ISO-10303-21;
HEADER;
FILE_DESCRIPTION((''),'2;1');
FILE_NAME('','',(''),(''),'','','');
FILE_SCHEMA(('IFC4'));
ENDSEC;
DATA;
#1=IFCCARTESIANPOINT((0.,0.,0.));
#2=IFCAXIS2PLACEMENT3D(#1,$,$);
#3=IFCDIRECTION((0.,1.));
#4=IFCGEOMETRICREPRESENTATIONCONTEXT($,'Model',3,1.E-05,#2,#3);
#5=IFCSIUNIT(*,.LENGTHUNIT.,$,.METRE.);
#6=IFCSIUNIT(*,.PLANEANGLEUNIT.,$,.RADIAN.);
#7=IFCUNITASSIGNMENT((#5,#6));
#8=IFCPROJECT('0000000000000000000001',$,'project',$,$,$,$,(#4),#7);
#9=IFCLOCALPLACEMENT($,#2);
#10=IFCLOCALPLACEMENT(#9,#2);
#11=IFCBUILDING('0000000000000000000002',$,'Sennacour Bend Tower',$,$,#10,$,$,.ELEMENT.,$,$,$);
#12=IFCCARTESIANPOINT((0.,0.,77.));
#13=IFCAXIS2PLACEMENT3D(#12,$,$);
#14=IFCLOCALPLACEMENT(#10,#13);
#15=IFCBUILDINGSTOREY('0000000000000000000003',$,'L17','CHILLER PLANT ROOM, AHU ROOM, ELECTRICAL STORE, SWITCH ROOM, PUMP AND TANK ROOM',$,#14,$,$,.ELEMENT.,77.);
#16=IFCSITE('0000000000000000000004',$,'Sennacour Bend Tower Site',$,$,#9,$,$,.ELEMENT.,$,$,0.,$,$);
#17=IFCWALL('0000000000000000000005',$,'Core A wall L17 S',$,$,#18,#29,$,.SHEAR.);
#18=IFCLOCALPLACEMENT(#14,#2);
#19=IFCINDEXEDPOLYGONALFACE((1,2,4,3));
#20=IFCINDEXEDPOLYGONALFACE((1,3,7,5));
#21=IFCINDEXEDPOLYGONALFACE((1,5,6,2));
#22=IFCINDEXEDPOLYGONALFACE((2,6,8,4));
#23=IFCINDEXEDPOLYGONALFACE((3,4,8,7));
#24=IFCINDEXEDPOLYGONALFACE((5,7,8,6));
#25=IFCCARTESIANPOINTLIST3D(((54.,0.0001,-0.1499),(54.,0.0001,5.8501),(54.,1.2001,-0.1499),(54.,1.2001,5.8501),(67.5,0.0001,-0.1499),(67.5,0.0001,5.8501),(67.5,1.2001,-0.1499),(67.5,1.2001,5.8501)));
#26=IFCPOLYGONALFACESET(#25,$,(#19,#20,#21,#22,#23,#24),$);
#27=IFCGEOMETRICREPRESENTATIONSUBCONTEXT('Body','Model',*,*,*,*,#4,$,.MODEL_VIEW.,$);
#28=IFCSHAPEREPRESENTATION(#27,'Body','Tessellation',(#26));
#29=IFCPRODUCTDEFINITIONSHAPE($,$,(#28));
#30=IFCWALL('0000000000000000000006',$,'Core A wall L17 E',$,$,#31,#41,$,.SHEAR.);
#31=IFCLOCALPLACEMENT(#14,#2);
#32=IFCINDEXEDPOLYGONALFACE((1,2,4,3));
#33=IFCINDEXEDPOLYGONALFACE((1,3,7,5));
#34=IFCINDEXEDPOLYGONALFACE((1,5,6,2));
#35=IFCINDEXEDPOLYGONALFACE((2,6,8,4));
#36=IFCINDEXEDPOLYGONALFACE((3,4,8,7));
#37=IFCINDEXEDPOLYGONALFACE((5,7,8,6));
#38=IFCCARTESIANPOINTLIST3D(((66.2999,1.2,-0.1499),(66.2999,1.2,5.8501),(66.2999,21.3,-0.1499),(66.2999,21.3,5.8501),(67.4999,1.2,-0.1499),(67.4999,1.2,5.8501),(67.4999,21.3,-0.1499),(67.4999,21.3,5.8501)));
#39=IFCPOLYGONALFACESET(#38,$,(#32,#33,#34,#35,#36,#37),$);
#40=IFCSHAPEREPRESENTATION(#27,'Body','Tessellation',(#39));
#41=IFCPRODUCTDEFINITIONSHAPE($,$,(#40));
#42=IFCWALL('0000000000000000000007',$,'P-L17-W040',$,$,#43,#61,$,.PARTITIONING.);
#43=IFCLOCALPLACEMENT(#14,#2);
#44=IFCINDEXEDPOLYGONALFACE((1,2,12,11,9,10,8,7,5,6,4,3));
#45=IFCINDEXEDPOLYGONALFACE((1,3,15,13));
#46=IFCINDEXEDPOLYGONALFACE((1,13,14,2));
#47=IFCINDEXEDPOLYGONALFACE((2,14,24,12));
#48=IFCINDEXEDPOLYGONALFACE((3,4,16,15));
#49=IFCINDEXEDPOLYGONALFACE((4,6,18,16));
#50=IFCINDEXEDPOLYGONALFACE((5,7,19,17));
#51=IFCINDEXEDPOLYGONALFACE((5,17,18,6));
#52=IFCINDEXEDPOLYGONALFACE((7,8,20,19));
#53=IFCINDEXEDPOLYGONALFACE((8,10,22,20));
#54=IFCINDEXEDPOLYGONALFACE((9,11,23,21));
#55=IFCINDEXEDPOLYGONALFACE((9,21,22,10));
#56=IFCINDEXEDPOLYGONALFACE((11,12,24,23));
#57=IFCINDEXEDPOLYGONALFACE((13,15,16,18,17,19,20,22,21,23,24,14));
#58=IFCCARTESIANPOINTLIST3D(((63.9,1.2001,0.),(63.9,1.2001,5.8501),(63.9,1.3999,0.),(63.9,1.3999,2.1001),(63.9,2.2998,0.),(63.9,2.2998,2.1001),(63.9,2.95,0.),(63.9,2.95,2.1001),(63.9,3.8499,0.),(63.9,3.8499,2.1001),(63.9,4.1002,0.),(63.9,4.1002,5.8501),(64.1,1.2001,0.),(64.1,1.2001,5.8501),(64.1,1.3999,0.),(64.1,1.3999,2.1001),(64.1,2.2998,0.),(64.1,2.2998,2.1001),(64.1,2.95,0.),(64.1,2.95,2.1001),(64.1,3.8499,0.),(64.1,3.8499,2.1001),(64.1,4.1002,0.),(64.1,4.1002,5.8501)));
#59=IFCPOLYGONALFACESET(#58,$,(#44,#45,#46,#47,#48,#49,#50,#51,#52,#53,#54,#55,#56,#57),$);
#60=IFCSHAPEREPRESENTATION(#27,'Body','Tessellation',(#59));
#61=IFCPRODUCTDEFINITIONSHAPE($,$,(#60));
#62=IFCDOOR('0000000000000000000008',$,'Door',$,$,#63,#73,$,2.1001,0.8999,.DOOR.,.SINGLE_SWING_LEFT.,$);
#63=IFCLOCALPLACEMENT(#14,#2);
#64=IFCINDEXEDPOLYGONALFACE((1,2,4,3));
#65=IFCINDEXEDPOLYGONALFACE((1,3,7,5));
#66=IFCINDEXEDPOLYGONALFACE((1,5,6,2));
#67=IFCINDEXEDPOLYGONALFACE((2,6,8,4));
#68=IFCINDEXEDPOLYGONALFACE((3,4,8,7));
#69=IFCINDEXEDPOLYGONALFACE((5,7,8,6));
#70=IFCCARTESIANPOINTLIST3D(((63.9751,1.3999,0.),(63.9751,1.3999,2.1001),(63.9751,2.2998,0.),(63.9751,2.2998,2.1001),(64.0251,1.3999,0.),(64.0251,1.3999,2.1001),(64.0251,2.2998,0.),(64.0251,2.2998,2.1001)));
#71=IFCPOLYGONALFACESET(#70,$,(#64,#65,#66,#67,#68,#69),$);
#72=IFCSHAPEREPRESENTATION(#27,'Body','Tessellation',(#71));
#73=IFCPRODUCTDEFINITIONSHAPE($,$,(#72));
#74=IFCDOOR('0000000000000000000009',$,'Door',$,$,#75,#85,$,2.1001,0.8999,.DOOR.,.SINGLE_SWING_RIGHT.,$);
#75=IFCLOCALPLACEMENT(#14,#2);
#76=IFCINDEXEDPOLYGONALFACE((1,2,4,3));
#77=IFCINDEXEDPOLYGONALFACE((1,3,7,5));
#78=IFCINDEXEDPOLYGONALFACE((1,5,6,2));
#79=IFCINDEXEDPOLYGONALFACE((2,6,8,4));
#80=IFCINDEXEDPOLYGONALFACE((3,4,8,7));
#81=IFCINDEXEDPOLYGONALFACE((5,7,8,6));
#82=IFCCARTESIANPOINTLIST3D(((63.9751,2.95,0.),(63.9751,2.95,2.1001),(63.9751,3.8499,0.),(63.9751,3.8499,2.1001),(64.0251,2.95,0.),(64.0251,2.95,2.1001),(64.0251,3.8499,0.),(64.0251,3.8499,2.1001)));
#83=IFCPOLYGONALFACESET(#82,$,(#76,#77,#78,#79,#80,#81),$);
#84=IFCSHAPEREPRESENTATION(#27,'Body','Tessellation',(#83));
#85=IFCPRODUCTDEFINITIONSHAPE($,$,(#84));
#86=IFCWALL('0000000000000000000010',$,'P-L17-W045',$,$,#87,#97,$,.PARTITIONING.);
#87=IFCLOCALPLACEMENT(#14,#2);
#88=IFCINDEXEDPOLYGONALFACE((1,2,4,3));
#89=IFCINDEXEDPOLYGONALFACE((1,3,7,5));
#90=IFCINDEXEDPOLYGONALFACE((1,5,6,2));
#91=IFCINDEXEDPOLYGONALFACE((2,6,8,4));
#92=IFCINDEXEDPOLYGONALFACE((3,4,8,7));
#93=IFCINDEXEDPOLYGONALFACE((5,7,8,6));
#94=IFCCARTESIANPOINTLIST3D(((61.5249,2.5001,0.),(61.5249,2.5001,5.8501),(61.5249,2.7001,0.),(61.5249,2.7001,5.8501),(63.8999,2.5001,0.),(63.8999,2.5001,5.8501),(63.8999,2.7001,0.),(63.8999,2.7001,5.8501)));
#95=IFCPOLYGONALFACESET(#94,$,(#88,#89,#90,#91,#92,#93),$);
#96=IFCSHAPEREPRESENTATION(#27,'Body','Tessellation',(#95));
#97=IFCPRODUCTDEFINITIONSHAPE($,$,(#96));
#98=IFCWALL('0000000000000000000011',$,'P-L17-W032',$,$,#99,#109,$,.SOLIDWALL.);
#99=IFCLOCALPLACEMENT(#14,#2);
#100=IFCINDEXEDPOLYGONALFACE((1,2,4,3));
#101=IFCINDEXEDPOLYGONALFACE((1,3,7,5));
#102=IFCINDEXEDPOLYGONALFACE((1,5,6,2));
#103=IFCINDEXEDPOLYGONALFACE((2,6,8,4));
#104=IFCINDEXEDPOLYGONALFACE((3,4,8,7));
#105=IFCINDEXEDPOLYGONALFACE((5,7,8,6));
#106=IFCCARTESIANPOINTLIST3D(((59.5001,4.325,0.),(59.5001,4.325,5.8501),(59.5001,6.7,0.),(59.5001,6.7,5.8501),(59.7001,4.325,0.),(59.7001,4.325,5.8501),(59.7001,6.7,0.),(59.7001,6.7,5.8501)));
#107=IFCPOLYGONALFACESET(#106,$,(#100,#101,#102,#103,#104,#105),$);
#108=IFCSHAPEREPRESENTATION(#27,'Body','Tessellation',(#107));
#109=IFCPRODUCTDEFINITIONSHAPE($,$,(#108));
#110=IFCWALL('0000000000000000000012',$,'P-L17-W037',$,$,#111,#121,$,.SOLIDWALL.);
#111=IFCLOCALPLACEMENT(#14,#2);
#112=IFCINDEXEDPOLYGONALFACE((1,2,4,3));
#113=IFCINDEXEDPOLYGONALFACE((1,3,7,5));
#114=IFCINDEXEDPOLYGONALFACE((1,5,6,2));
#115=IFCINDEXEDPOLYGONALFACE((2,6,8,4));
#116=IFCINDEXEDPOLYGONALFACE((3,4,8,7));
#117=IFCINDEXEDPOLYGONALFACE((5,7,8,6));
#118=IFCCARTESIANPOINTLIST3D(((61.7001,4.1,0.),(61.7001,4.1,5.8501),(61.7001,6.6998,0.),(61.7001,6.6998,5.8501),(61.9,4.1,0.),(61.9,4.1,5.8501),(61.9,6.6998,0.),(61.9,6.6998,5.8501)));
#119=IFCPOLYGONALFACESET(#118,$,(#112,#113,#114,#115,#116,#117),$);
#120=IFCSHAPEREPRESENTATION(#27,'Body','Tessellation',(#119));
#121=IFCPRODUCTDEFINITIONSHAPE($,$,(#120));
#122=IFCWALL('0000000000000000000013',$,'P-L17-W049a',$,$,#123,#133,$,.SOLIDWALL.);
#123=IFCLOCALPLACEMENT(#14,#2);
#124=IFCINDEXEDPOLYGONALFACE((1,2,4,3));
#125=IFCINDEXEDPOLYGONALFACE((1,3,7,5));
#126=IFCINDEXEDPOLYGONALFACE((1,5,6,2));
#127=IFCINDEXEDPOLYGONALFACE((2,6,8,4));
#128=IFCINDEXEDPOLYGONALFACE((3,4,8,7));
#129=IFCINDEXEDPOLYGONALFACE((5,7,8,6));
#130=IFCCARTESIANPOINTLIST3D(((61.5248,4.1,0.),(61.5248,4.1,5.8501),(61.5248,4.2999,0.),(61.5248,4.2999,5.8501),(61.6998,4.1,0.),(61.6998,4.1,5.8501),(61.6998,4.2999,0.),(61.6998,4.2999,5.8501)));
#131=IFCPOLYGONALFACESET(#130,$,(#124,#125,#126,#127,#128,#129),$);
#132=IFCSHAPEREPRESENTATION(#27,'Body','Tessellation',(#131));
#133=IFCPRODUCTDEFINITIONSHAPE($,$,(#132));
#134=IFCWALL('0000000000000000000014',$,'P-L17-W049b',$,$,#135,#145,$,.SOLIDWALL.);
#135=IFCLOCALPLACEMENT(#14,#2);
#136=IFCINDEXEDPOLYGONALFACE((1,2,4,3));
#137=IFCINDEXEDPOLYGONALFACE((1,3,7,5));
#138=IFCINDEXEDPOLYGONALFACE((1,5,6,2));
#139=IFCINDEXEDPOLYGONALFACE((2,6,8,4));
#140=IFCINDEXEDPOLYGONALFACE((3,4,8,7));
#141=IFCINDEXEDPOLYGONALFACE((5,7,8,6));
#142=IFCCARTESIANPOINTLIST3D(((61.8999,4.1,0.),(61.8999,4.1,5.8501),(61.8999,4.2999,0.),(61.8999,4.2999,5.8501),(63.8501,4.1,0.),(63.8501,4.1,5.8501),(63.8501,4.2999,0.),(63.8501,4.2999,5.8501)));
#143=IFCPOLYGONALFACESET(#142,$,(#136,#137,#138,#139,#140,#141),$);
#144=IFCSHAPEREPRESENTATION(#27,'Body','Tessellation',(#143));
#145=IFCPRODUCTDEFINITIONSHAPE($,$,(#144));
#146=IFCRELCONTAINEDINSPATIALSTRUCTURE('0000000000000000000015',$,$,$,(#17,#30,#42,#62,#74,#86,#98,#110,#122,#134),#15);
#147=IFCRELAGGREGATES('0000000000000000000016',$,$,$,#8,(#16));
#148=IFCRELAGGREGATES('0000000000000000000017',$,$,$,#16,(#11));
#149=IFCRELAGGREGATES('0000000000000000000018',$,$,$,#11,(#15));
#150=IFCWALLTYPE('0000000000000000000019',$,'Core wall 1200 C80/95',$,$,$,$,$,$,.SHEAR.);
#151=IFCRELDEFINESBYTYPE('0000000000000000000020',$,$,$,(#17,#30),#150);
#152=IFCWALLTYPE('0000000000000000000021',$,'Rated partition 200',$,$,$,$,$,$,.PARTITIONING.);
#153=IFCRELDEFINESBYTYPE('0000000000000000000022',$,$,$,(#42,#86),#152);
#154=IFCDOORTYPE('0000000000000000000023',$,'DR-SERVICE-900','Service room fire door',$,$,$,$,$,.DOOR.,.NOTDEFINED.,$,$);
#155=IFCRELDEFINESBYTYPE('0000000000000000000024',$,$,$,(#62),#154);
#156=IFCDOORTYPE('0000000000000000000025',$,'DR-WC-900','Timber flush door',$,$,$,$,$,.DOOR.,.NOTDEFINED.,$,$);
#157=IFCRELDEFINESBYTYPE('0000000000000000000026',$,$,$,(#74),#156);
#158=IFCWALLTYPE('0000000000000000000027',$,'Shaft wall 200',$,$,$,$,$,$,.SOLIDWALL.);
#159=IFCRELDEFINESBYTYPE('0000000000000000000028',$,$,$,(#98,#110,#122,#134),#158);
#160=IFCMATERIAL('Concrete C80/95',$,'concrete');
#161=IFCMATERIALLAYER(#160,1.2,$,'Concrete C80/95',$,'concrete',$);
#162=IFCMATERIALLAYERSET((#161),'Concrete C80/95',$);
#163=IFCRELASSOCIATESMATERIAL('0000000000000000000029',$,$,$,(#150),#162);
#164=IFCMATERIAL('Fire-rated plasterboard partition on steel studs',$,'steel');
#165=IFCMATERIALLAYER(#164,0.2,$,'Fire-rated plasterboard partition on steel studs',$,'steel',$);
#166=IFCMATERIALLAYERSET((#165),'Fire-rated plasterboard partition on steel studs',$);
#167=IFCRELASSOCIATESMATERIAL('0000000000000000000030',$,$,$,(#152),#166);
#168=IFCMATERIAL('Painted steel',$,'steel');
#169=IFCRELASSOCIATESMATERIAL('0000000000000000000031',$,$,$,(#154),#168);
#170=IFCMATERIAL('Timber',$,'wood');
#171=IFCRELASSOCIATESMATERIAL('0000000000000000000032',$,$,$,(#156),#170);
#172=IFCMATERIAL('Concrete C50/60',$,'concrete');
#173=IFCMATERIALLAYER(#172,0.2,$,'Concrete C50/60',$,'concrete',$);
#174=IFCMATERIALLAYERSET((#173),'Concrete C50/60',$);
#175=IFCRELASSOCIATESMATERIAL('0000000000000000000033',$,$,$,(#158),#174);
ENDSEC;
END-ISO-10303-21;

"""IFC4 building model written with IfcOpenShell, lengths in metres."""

from ifc_helpers import new_model, si_unit, direction, frame, frame_2d, origin, place, context, subcontext, project, spatial, rectangle, extrude, material, layer, layer_set, type_object, element, fill, save


model = new_model("IFC4")

# Units and contexts
model_context = context("Model", 3, precision=1e-05, world=origin(), true_north=direction((0.0, 1.0)))
body_context = subcontext(model_context, "Body", "Model", "MODEL_VIEW")
ifc_project = project(units=[si_unit("LENGTHUNIT", "METRE"), si_unit("PLANEANGLEUNIT", "RADIAN")], contexts=[model_context])

# Site, building, storey
site_placement = place(None, origin())
site = spatial("IfcSite", under=ifc_project, at=site_placement, Name="Sennacour Bend Tower Site", CompositionType="ELEMENT", RefElevation=0.0)
building_placement = place(site_placement, origin())
building = spatial("IfcBuilding", under=site, at=building_placement, Name="Sennacour Bend Tower", CompositionType="ELEMENT")
storey_placement = place(building_placement, frame((0.0, 0.0, 77.0)))
storey = spatial("IfcBuildingStorey", under=building, at=storey_placement, Name="L17", Description="CHILLER PLANT ROOM, AHU ROOM, ELECTRICAL STORE, SWITCH ROOM, PUMP AND TANK ROOM", CompositionType="ELEMENT", Elevation=77.0)

# Walls
ifc_material_1 = material(Name="Concrete C80/95", Category="concrete")
ifc_layer_1 = layer(ifc_material_1, 1.2, Name="Concrete C80/95", Category="concrete")
ifc_layer_set_1 = layer_set([ifc_layer_1], Name="Concrete C80/95")
wall_type_1 = type_object("IfcWallType", Name="Core wall 1200 C80/95", PredefinedType="SHEAR", material=ifc_layer_set_1)
wall_1_placement = place(storey_placement, frame((67.5, 0.6001, -0.1499), z_axis=(0.0, 0.0, 1.0), x_axis=(-1.0, 0.0, 0.0)))
element("IfcWall", 1, at=wall_1_placement, inside=storey, type_object=wall_type_1, Name="Core A wall L17 S", PredefinedType="SHEAR", context=body_context, shape_type="SweptSolid", body=[
    extrude(rectangle(XDim=13.5, YDim=1.2, at=frame_2d((6.75, 0.0))), origin(), (0.0, 0.0, 1.0), 6.0),
])
wall_2_placement = place(storey_placement, frame((66.8999, 1.2, -0.1499), z_axis=(0.0, 0.0, 1.0), x_axis=(0.0, 1.0, 0.0)))
element("IfcWall", 2, at=wall_2_placement, inside=storey, type_object=wall_type_1, Name="Core A wall L17 E", PredefinedType="SHEAR", context=body_context, shape_type="SweptSolid", body=[
    extrude(rectangle(XDim=20.1001, YDim=1.2, at=frame_2d((10.05, 0.0))), origin(), (0.0, 0.0, 1.0), 6.0),
])

# Wall, openings, doors
ifc_material_2 = material(Name="Fire-rated plasterboard partition on steel studs", Category="steel")
ifc_layer_2 = layer(ifc_material_2, 0.2, Name="Fire-rated plasterboard partition on steel studs", Category="steel")
ifc_layer_set_2 = layer_set([ifc_layer_2], Name="Fire-rated plasterboard partition on steel studs")
wall_type_2 = type_object("IfcWallType", Name="Rated partition 200", PredefinedType="PARTITIONING", material=ifc_layer_set_2)
wall_3_placement = place(storey_placement, frame((64.0, 1.2, 0.0), z_axis=(0.0, 0.0, 1.0), x_axis=(0.0, 1.0, 0.0)))
wall_3 = element("IfcWall", 3, at=wall_3_placement, inside=storey, type_object=wall_type_2, Name="P-L17-W040", PredefinedType="PARTITIONING", context=body_context, shape_type="SweptSolid", body=[
    extrude(rectangle(XDim=2.9001, YDim=0.2, at=frame_2d((1.4502, 0.0))), origin(), (0.0, 0.0, 1.0), 5.8501),
])
opening_1_placement = place(wall_3_placement, frame((0.2, 0.0, 0.0)))
opening_1 = element("IfcOpeningElement", 4, at=opening_1_placement, cuts=wall_3, PredefinedType="OPENING", context=body_context, shape_type="SweptSolid", body=[
    extrude(rectangle(XDim=0.8999, YDim=2.1001, at=frame_2d((0.45, 1.05))), frame((0.0, 0.1099, 0.0), z_axis=(0.0, -1.0, 0.0), x_axis=(1.0, 0.0, 0.0)), (0.0, 0.0, 1.0), 0.22),
])
opening_2_placement = place(wall_3_placement, frame((1.75, 0.0, 0.0)))
opening_2 = element("IfcOpeningElement", 5, at=opening_2_placement, cuts=wall_3, PredefinedType="OPENING", context=body_context, shape_type="SweptSolid", body=[
    extrude(rectangle(XDim=0.8999, YDim=2.1001, at=frame_2d((0.45, 1.05))), frame((0.0, 0.1099, 0.0), z_axis=(0.0, -1.0, 0.0), x_axis=(1.0, 0.0, 0.0)), (0.0, 0.0, 1.0), 0.22),
])
ifc_material_3 = material(Name="Painted steel", Category="steel")
door_type_1 = type_object("IfcDoorType", Name="DR-SERVICE-900", Description="Service room fire door", OperationType="NOTDEFINED", PredefinedType="DOOR", material=ifc_material_3)
door_1_placement = place(opening_1_placement, origin())
door_1 = element("IfcDoor", 6, at=door_1_placement, inside=storey, type_object=door_type_1, Name="Door", OperationType="SINGLE_SWING_LEFT", OverallHeight=2.1001, OverallWidth=0.8999, PredefinedType="DOOR", context=body_context, shape_type="SweptSolid", body=[
    extrude(rectangle(XDim=0.8999, YDim=2.1001, at=frame_2d((0.45, 1.05))), frame((0.0, 0.0249, 0.0), z_axis=(0.0, -1.0, 0.0), x_axis=(1.0, 0.0, 0.0)), (0.0, 0.0, 1.0), 0.05),
])
fill(opening_1, door_1)
ifc_material_4 = material(Name="Timber", Category="wood")
door_type_2 = type_object("IfcDoorType", Name="DR-WC-900", Description="Timber flush door", OperationType="NOTDEFINED", PredefinedType="DOOR", material=ifc_material_4)
door_2_placement = place(opening_2_placement, origin())
door_2 = element("IfcDoor", 7, at=door_2_placement, inside=storey, type_object=door_type_2, Name="Door", OperationType="SINGLE_SWING_RIGHT", OverallHeight=2.1001, OverallWidth=0.8999, PredefinedType="DOOR", context=body_context, shape_type="SweptSolid", body=[
    extrude(rectangle(XDim=0.8999, YDim=2.1001, at=frame_2d((0.45, 1.05))), frame((0.0, 0.0249, 0.0), z_axis=(0.0, -1.0, 0.0), x_axis=(1.0, 0.0, 0.0)), (0.0, 0.0, 1.0), 0.05),
])
fill(opening_2, door_2)

# Walls
wall_4_placement = place(storey_placement, frame((61.5249, 2.6001, 0.0), z_axis=(0.0, 0.0, 1.0), x_axis=(1.0, 0.0, 0.0)))
element("IfcWall", 8, at=wall_4_placement, inside=storey, type_object=wall_type_2, Name="P-L17-W045", PredefinedType="PARTITIONING", context=body_context, shape_type="SweptSolid", body=[
    extrude(rectangle(XDim=2.375, YDim=0.2, at=frame_2d((1.1875, 0.0))), origin(), (0.0, 0.0, 1.0), 5.8501),
])
ifc_material_5 = material(Name="Concrete C50/60", Category="concrete")
ifc_layer_3 = layer(ifc_material_5, 0.2, Name="Concrete C50/60", Category="concrete")
ifc_layer_set_3 = layer_set([ifc_layer_3], Name="Concrete C50/60")
wall_type_3 = type_object("IfcWallType", Name="Shaft wall 200", PredefinedType="SOLIDWALL", material=ifc_layer_set_3)
wall_5_placement = place(storey_placement, frame((59.6001, 4.325, 0.0), z_axis=(0.0, 0.0, 1.0), x_axis=(0.0, 1.0, 0.0)))
element("IfcWall", 9, at=wall_5_placement, inside=storey, type_object=wall_type_3, Name="P-L17-W032", PredefinedType="SOLIDWALL", context=body_context, shape_type="SweptSolid", body=[
    extrude(rectangle(XDim=2.375, YDim=0.2, at=frame_2d((1.1875, 0.0))), origin(), (0.0, 0.0, 1.0), 5.8501),
])
wall_6_placement = place(storey_placement, frame((61.8, 4.1001, 0.0), z_axis=(0.0, 0.0, 1.0), x_axis=(0.0, 1.0, 0.0)))
element("IfcWall", 10, at=wall_6_placement, inside=storey, type_object=wall_type_3, Name="P-L17-W037", PredefinedType="SOLIDWALL", context=body_context, shape_type="SweptSolid", body=[
    extrude(rectangle(XDim=2.5999, YDim=0.2, at=frame_2d((1.2998, 0.0))), origin(), (0.0, 0.0, 1.0), 5.8501),
])
wall_7_placement = place(storey_placement, frame((61.5249, 4.2, 0.0), z_axis=(0.0, 0.0, 1.0), x_axis=(1.0, 0.0, 0.0)))
element("IfcWall", 11, at=wall_7_placement, inside=storey, type_object=wall_type_3, Name="P-L17-W049a", PredefinedType="SOLIDWALL", context=body_context, shape_type="SweptSolid", body=[
    extrude(rectangle(XDim=0.175, YDim=0.2, at=frame_2d((0.0874, 0.0))), origin(), (0.0, 0.0, 1.0), 5.8501),
])
wall_8_placement = place(storey_placement, frame((61.8999, 4.2, 0.0), z_axis=(0.0, 0.0, 1.0), x_axis=(1.0, 0.0, 0.0)))
element("IfcWall", 12, at=wall_8_placement, inside=storey, type_object=wall_type_3, Name="P-L17-W049b", PredefinedType="SOLIDWALL", context=body_context, shape_type="SweptSolid", body=[
    extrude(rectangle(XDim=1.9502, YDim=0.2, at=frame_2d((0.9751, 0.0))), origin(), (0.0, 0.0, 1.0), 5.8501),
])

save(model, "model.ifc")
